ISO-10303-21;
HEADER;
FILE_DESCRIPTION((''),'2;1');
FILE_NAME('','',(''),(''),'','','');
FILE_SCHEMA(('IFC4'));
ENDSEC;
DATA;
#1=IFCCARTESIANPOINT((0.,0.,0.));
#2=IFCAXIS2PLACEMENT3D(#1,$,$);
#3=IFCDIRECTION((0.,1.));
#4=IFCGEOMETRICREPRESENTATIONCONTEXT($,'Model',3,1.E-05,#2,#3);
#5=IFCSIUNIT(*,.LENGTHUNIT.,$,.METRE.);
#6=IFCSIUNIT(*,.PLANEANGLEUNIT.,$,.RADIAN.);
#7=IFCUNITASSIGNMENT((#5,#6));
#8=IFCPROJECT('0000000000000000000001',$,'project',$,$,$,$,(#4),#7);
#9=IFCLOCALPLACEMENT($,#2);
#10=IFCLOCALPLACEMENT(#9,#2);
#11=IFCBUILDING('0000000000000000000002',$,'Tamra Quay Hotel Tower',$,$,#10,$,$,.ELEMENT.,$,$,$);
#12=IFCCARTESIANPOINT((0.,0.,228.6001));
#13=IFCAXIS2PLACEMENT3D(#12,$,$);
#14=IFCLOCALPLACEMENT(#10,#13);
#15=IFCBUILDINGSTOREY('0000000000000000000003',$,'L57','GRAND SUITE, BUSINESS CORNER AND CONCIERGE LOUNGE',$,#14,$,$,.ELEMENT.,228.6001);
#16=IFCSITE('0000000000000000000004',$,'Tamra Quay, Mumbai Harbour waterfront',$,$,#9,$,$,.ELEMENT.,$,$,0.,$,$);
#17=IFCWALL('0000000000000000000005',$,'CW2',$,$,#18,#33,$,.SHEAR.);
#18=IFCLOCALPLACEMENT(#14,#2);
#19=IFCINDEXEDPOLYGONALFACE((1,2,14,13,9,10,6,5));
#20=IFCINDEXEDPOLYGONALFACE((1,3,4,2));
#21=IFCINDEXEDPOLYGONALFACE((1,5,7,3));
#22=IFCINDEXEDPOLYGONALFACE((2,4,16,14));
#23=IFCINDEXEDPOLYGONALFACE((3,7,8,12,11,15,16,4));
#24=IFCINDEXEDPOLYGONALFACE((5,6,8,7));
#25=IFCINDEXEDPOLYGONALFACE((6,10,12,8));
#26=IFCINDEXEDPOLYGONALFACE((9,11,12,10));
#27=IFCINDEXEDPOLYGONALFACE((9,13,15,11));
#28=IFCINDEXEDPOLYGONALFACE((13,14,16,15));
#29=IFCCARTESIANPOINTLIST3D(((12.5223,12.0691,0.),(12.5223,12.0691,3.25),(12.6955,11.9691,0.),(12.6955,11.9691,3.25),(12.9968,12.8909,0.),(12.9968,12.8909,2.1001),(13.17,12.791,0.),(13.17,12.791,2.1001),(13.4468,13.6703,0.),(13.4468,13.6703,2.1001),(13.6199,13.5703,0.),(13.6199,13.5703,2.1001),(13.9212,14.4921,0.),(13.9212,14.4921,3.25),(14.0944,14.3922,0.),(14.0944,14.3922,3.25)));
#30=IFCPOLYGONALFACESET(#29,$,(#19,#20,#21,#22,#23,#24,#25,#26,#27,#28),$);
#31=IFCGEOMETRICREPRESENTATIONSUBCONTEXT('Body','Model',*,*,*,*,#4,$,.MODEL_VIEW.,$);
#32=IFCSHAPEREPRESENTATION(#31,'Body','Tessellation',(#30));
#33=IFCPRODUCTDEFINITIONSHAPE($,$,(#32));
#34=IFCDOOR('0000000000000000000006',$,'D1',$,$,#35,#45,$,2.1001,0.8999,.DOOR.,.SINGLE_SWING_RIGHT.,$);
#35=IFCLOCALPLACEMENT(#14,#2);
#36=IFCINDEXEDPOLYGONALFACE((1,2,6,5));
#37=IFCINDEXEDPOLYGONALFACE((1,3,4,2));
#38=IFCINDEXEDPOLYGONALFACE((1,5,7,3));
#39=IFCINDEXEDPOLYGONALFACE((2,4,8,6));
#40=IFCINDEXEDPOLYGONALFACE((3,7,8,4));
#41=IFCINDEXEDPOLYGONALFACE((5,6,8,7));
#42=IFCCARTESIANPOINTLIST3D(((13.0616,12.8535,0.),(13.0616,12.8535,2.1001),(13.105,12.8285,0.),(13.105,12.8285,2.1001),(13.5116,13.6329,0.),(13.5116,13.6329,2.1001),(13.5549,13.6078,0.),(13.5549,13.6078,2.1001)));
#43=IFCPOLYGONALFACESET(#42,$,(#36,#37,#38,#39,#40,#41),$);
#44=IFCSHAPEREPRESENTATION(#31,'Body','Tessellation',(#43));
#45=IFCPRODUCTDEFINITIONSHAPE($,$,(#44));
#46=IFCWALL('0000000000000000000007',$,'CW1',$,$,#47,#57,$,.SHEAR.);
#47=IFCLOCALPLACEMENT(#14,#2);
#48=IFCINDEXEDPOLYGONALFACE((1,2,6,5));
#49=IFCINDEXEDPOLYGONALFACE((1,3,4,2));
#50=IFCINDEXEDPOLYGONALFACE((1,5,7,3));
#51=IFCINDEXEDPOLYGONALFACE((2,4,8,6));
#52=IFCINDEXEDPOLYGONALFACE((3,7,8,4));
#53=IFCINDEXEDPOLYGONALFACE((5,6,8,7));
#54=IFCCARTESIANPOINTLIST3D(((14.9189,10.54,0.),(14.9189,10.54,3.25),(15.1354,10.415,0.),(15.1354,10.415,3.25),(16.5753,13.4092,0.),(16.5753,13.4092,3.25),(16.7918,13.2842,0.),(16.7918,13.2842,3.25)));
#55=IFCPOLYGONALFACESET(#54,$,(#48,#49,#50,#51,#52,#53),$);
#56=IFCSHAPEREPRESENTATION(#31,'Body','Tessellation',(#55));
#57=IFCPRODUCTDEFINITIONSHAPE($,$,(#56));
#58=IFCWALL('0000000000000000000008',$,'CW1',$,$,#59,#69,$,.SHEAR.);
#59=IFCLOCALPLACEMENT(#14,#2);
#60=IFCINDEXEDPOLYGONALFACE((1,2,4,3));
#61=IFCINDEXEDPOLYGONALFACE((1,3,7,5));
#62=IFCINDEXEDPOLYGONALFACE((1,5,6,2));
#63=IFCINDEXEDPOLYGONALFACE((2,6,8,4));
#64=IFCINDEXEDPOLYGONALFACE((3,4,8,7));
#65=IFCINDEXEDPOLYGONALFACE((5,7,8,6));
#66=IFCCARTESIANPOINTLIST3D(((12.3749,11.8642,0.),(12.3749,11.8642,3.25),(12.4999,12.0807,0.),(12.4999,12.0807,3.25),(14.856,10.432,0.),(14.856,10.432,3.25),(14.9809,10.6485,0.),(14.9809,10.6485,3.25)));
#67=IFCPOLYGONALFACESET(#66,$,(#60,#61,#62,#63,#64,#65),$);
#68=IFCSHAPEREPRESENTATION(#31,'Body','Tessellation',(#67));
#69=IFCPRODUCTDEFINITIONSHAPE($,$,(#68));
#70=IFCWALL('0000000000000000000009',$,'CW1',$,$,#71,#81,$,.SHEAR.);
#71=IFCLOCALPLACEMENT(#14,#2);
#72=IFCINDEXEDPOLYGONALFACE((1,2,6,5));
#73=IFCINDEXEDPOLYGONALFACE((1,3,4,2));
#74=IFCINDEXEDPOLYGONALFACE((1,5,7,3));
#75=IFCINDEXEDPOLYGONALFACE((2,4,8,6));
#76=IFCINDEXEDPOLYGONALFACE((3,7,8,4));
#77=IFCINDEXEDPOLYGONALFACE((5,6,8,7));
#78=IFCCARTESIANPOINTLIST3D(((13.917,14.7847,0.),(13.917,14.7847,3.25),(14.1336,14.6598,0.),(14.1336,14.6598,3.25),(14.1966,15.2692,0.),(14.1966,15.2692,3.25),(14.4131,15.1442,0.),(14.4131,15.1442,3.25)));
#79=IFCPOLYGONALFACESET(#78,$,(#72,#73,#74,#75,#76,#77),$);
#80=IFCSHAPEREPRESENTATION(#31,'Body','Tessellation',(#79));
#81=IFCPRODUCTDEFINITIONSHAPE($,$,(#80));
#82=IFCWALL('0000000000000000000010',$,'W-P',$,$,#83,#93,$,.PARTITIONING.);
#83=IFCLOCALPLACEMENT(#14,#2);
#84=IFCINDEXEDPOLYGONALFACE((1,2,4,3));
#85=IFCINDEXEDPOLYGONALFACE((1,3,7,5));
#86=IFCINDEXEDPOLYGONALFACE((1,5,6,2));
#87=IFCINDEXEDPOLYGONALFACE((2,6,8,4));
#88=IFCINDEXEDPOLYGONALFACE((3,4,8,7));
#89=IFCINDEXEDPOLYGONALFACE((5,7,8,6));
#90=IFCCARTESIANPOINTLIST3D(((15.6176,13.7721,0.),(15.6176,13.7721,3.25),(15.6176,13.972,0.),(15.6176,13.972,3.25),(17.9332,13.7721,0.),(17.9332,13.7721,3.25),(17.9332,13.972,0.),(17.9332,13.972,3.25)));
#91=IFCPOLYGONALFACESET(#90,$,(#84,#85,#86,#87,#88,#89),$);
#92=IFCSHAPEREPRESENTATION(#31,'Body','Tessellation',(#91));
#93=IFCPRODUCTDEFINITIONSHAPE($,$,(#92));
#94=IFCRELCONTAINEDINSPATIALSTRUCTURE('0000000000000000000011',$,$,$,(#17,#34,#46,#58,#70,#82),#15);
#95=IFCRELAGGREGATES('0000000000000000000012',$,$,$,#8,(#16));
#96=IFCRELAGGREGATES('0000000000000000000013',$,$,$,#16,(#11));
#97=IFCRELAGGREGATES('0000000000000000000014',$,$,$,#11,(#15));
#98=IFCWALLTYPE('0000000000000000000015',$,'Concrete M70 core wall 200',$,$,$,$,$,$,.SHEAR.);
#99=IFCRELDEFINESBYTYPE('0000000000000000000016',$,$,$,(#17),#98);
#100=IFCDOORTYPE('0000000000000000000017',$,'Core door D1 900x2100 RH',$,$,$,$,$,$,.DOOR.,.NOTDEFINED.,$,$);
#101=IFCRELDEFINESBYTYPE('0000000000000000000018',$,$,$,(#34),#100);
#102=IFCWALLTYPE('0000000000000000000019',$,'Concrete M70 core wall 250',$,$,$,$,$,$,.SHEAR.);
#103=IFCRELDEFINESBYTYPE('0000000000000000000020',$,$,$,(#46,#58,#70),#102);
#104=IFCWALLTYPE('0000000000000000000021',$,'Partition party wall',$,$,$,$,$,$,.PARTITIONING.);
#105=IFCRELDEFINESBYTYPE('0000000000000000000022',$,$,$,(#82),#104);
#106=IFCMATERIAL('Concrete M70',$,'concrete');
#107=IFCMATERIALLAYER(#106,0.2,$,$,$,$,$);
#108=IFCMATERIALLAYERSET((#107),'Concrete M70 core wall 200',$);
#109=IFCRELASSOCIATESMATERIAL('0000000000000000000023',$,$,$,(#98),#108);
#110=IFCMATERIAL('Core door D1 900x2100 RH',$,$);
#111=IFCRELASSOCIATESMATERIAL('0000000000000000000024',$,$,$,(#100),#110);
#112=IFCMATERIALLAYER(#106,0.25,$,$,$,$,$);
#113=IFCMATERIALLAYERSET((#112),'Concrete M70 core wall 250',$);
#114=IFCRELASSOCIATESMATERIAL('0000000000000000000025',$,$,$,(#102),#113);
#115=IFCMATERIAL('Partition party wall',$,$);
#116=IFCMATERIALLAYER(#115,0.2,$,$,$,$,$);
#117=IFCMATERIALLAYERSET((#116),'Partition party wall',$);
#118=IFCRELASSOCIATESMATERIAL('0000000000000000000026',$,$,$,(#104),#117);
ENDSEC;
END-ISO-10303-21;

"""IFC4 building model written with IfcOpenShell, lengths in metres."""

from ifc_helpers import new_model, si_unit, direction, frame, frame_2d, origin, place, context, subcontext, project, spatial, rectangle, extrude, material, layer, layer_set, type_object, element, fill, save


model = new_model("IFC4")

# Units and contexts
model_context = context("Model", 3, precision=1e-05, world=origin(), true_north=direction((0.0, 1.0)))
body_context = subcontext(model_context, "Body", "Model", "MODEL_VIEW")
ifc_project = project(units=[si_unit("LENGTHUNIT", "METRE"), si_unit("PLANEANGLEUNIT", "RADIAN")], contexts=[model_context])

# Site, building, storey
site_placement = place(None, origin())
site = spatial("IfcSite", under=ifc_project, at=site_placement, Name="Tamra Quay, Mumbai Harbour waterfront", CompositionType="ELEMENT", RefElevation=0.0)
building_placement = place(site_placement, origin())
building = spatial("IfcBuilding", under=site, at=building_placement, Name="Tamra Quay Hotel Tower", CompositionType="ELEMENT")
storey_placement = place(building_placement, frame((0.0, 0.0, 228.6001)))
storey = spatial("IfcBuildingStorey", under=building, at=storey_placement, Name="L57", Description="GRAND SUITE, BUSINESS CORNER AND CONCIERGE LOUNGE", CompositionType="ELEMENT", Elevation=228.6001)

# Shared definitions
ifc_material_1 = material(Name="Concrete M70", Category="concrete")

# Wall, opening, door
ifc_layer_1 = layer(ifc_material_1, 0.2)
ifc_layer_set_1 = layer_set([ifc_layer_1], Name="Concrete M70 core wall 200")
wall_type_1 = type_object("IfcWallType", Name="Concrete M70 core wall 200", PredefinedType="SHEAR", material=ifc_layer_set_1)
wall_1_placement = place(storey_placement, frame((14.0078, 14.4421, 0.0), z_axis=(0.0, 0.0, 1.0), x_axis=(-0.499987, -0.866033, 0.0)))
wall_1 = element("IfcWall", 1, at=wall_1_placement, inside=storey, type_object=wall_type_1, Name="CW2", PredefinedType="SHEAR", context=body_context, shape_type="SweptSolid", body=[
    extrude(rectangle(XDim=2.7979, YDim=0.2, at=frame_2d((1.3989, 0.0))), origin(), (0.0, 0.0, 1.0), 3.25),
])
opening_placement = place(wall_1_placement, frame((0.949, 0.0, 0.0)))
opening = element("IfcOpeningElement", 2, at=opening_placement, cuts=wall_1, PredefinedType="OPENING", context=body_context, shape_type="SweptSolid", body=[
    extrude(rectangle(XDim=0.8999, YDim=2.1001, at=frame_2d((0.45, 1.05))), frame((0.0, 0.1099, 0.0), z_axis=(0.0, -1.0, 0.0), x_axis=(1.0, 0.0, 0.0)), (0.0, 0.0, 1.0), 0.22),
])
ifc_material_2 = material(Name="Core door D1 900x2100 RH")
door_type = type_object("IfcDoorType", Name="Core door D1 900x2100 RH", OperationType="NOTDEFINED", PredefinedType="DOOR", material=ifc_material_2)
door_placement = place(opening_placement, origin())
door = element("IfcDoor", 3, at=door_placement, inside=storey, type_object=door_type, Name="D1", OperationType="SINGLE_SWING_RIGHT", OverallHeight=2.1001, OverallWidth=0.8999, PredefinedType="DOOR", context=body_context, shape_type="SweptSolid", body=[
    extrude(rectangle(XDim=0.8999, YDim=2.1001, at=frame_2d((0.45, 1.05))), frame((0.0, 0.0249, 0.0), z_axis=(0.0, -1.0, 0.0), x_axis=(1.0, 0.0, 0.0)), (0.0, 0.0, 1.0), 0.05),
])
fill(opening, door)

# Walls
ifc_layer_2 = layer(ifc_material_1, 0.25)
ifc_layer_set_2 = layer_set([ifc_layer_2], Name="Concrete M70 core wall 250")
wall_type_2 = type_object("IfcWallType", Name="Concrete M70 core wall 250", PredefinedType="SHEAR", material=ifc_layer_set_2)
wall_2_placement = place(storey_placement, frame((16.6836, 13.3467, 0.0), z_axis=(0.0, 0.0, 1.0), x_axis=(-0.499999, -0.866026, 0.0)))
element("IfcWall", 4, at=wall_2_placement, inside=storey, type_object=wall_type_2, Name="CW1", PredefinedType="SHEAR", context=body_context, shape_type="SweptSolid", body=[
    extrude(rectangle(XDim=3.313, YDim=0.25, at=frame_2d((1.6565, 0.0))), origin(), (0.0, 0.0, 1.0), 3.25),
])
wall_3_placement = place(storey_placement, frame((14.9185, 10.5403, 0.0), z_axis=(0.0, 0.0, 1.0), x_axis=(-0.866064, 0.499934, 0.0)))
element("IfcWall", 5, at=wall_3_placement, inside=storey, type_object=wall_type_2, Name="CW1", PredefinedType="SHEAR", context=body_context, shape_type="SweptSolid", body=[
    extrude(rectangle(XDim=2.8647, YDim=0.25, at=frame_2d((1.4324, 0.0))), origin(), (0.0, 0.0, 1.0), 3.25),
])
wall_4_placement = place(storey_placement, frame((14.3049, 15.2068, 0.0), z_axis=(0.0, 0.0, 1.0), x_axis=(-0.499848, -0.866113, 0.0)))
element("IfcWall", 6, at=wall_4_placement, inside=storey, type_object=wall_type_2, Name="CW1", PredefinedType="SHEAR", context=body_context, shape_type="SweptSolid", body=[
    extrude(rectangle(XDim=0.5593, YDim=0.25, at=frame_2d((0.2798, 0.0))), origin(), (0.0, 0.0, 1.0), 3.25),
])
ifc_material_3 = material(Name="Partition party wall")
ifc_layer_3 = layer(ifc_material_3, 0.2)
ifc_layer_set_3 = layer_set([ifc_layer_3], Name="Partition party wall")
wall_type_3 = type_object("IfcWallType", Name="Partition party wall", PredefinedType="PARTITIONING", material=ifc_layer_set_3)
wall_5_placement = place(storey_placement, frame((15.6177, 13.8721, 0.0), z_axis=(0.0, 0.0, 1.0), x_axis=(1.0, 0.0, 0.0)))
element("IfcWall", 7, at=wall_5_placement, inside=storey, type_object=wall_type_3, Name="W-P", PredefinedType="PARTITIONING", context=body_context, shape_type="SweptSolid", body=[
    extrude(rectangle(XDim=2.3157, YDim=0.2, at=frame_2d((1.1577, 0.0))), origin(), (0.0, 0.0, 1.0), 3.25),
])

save(model, "model.ifc")
